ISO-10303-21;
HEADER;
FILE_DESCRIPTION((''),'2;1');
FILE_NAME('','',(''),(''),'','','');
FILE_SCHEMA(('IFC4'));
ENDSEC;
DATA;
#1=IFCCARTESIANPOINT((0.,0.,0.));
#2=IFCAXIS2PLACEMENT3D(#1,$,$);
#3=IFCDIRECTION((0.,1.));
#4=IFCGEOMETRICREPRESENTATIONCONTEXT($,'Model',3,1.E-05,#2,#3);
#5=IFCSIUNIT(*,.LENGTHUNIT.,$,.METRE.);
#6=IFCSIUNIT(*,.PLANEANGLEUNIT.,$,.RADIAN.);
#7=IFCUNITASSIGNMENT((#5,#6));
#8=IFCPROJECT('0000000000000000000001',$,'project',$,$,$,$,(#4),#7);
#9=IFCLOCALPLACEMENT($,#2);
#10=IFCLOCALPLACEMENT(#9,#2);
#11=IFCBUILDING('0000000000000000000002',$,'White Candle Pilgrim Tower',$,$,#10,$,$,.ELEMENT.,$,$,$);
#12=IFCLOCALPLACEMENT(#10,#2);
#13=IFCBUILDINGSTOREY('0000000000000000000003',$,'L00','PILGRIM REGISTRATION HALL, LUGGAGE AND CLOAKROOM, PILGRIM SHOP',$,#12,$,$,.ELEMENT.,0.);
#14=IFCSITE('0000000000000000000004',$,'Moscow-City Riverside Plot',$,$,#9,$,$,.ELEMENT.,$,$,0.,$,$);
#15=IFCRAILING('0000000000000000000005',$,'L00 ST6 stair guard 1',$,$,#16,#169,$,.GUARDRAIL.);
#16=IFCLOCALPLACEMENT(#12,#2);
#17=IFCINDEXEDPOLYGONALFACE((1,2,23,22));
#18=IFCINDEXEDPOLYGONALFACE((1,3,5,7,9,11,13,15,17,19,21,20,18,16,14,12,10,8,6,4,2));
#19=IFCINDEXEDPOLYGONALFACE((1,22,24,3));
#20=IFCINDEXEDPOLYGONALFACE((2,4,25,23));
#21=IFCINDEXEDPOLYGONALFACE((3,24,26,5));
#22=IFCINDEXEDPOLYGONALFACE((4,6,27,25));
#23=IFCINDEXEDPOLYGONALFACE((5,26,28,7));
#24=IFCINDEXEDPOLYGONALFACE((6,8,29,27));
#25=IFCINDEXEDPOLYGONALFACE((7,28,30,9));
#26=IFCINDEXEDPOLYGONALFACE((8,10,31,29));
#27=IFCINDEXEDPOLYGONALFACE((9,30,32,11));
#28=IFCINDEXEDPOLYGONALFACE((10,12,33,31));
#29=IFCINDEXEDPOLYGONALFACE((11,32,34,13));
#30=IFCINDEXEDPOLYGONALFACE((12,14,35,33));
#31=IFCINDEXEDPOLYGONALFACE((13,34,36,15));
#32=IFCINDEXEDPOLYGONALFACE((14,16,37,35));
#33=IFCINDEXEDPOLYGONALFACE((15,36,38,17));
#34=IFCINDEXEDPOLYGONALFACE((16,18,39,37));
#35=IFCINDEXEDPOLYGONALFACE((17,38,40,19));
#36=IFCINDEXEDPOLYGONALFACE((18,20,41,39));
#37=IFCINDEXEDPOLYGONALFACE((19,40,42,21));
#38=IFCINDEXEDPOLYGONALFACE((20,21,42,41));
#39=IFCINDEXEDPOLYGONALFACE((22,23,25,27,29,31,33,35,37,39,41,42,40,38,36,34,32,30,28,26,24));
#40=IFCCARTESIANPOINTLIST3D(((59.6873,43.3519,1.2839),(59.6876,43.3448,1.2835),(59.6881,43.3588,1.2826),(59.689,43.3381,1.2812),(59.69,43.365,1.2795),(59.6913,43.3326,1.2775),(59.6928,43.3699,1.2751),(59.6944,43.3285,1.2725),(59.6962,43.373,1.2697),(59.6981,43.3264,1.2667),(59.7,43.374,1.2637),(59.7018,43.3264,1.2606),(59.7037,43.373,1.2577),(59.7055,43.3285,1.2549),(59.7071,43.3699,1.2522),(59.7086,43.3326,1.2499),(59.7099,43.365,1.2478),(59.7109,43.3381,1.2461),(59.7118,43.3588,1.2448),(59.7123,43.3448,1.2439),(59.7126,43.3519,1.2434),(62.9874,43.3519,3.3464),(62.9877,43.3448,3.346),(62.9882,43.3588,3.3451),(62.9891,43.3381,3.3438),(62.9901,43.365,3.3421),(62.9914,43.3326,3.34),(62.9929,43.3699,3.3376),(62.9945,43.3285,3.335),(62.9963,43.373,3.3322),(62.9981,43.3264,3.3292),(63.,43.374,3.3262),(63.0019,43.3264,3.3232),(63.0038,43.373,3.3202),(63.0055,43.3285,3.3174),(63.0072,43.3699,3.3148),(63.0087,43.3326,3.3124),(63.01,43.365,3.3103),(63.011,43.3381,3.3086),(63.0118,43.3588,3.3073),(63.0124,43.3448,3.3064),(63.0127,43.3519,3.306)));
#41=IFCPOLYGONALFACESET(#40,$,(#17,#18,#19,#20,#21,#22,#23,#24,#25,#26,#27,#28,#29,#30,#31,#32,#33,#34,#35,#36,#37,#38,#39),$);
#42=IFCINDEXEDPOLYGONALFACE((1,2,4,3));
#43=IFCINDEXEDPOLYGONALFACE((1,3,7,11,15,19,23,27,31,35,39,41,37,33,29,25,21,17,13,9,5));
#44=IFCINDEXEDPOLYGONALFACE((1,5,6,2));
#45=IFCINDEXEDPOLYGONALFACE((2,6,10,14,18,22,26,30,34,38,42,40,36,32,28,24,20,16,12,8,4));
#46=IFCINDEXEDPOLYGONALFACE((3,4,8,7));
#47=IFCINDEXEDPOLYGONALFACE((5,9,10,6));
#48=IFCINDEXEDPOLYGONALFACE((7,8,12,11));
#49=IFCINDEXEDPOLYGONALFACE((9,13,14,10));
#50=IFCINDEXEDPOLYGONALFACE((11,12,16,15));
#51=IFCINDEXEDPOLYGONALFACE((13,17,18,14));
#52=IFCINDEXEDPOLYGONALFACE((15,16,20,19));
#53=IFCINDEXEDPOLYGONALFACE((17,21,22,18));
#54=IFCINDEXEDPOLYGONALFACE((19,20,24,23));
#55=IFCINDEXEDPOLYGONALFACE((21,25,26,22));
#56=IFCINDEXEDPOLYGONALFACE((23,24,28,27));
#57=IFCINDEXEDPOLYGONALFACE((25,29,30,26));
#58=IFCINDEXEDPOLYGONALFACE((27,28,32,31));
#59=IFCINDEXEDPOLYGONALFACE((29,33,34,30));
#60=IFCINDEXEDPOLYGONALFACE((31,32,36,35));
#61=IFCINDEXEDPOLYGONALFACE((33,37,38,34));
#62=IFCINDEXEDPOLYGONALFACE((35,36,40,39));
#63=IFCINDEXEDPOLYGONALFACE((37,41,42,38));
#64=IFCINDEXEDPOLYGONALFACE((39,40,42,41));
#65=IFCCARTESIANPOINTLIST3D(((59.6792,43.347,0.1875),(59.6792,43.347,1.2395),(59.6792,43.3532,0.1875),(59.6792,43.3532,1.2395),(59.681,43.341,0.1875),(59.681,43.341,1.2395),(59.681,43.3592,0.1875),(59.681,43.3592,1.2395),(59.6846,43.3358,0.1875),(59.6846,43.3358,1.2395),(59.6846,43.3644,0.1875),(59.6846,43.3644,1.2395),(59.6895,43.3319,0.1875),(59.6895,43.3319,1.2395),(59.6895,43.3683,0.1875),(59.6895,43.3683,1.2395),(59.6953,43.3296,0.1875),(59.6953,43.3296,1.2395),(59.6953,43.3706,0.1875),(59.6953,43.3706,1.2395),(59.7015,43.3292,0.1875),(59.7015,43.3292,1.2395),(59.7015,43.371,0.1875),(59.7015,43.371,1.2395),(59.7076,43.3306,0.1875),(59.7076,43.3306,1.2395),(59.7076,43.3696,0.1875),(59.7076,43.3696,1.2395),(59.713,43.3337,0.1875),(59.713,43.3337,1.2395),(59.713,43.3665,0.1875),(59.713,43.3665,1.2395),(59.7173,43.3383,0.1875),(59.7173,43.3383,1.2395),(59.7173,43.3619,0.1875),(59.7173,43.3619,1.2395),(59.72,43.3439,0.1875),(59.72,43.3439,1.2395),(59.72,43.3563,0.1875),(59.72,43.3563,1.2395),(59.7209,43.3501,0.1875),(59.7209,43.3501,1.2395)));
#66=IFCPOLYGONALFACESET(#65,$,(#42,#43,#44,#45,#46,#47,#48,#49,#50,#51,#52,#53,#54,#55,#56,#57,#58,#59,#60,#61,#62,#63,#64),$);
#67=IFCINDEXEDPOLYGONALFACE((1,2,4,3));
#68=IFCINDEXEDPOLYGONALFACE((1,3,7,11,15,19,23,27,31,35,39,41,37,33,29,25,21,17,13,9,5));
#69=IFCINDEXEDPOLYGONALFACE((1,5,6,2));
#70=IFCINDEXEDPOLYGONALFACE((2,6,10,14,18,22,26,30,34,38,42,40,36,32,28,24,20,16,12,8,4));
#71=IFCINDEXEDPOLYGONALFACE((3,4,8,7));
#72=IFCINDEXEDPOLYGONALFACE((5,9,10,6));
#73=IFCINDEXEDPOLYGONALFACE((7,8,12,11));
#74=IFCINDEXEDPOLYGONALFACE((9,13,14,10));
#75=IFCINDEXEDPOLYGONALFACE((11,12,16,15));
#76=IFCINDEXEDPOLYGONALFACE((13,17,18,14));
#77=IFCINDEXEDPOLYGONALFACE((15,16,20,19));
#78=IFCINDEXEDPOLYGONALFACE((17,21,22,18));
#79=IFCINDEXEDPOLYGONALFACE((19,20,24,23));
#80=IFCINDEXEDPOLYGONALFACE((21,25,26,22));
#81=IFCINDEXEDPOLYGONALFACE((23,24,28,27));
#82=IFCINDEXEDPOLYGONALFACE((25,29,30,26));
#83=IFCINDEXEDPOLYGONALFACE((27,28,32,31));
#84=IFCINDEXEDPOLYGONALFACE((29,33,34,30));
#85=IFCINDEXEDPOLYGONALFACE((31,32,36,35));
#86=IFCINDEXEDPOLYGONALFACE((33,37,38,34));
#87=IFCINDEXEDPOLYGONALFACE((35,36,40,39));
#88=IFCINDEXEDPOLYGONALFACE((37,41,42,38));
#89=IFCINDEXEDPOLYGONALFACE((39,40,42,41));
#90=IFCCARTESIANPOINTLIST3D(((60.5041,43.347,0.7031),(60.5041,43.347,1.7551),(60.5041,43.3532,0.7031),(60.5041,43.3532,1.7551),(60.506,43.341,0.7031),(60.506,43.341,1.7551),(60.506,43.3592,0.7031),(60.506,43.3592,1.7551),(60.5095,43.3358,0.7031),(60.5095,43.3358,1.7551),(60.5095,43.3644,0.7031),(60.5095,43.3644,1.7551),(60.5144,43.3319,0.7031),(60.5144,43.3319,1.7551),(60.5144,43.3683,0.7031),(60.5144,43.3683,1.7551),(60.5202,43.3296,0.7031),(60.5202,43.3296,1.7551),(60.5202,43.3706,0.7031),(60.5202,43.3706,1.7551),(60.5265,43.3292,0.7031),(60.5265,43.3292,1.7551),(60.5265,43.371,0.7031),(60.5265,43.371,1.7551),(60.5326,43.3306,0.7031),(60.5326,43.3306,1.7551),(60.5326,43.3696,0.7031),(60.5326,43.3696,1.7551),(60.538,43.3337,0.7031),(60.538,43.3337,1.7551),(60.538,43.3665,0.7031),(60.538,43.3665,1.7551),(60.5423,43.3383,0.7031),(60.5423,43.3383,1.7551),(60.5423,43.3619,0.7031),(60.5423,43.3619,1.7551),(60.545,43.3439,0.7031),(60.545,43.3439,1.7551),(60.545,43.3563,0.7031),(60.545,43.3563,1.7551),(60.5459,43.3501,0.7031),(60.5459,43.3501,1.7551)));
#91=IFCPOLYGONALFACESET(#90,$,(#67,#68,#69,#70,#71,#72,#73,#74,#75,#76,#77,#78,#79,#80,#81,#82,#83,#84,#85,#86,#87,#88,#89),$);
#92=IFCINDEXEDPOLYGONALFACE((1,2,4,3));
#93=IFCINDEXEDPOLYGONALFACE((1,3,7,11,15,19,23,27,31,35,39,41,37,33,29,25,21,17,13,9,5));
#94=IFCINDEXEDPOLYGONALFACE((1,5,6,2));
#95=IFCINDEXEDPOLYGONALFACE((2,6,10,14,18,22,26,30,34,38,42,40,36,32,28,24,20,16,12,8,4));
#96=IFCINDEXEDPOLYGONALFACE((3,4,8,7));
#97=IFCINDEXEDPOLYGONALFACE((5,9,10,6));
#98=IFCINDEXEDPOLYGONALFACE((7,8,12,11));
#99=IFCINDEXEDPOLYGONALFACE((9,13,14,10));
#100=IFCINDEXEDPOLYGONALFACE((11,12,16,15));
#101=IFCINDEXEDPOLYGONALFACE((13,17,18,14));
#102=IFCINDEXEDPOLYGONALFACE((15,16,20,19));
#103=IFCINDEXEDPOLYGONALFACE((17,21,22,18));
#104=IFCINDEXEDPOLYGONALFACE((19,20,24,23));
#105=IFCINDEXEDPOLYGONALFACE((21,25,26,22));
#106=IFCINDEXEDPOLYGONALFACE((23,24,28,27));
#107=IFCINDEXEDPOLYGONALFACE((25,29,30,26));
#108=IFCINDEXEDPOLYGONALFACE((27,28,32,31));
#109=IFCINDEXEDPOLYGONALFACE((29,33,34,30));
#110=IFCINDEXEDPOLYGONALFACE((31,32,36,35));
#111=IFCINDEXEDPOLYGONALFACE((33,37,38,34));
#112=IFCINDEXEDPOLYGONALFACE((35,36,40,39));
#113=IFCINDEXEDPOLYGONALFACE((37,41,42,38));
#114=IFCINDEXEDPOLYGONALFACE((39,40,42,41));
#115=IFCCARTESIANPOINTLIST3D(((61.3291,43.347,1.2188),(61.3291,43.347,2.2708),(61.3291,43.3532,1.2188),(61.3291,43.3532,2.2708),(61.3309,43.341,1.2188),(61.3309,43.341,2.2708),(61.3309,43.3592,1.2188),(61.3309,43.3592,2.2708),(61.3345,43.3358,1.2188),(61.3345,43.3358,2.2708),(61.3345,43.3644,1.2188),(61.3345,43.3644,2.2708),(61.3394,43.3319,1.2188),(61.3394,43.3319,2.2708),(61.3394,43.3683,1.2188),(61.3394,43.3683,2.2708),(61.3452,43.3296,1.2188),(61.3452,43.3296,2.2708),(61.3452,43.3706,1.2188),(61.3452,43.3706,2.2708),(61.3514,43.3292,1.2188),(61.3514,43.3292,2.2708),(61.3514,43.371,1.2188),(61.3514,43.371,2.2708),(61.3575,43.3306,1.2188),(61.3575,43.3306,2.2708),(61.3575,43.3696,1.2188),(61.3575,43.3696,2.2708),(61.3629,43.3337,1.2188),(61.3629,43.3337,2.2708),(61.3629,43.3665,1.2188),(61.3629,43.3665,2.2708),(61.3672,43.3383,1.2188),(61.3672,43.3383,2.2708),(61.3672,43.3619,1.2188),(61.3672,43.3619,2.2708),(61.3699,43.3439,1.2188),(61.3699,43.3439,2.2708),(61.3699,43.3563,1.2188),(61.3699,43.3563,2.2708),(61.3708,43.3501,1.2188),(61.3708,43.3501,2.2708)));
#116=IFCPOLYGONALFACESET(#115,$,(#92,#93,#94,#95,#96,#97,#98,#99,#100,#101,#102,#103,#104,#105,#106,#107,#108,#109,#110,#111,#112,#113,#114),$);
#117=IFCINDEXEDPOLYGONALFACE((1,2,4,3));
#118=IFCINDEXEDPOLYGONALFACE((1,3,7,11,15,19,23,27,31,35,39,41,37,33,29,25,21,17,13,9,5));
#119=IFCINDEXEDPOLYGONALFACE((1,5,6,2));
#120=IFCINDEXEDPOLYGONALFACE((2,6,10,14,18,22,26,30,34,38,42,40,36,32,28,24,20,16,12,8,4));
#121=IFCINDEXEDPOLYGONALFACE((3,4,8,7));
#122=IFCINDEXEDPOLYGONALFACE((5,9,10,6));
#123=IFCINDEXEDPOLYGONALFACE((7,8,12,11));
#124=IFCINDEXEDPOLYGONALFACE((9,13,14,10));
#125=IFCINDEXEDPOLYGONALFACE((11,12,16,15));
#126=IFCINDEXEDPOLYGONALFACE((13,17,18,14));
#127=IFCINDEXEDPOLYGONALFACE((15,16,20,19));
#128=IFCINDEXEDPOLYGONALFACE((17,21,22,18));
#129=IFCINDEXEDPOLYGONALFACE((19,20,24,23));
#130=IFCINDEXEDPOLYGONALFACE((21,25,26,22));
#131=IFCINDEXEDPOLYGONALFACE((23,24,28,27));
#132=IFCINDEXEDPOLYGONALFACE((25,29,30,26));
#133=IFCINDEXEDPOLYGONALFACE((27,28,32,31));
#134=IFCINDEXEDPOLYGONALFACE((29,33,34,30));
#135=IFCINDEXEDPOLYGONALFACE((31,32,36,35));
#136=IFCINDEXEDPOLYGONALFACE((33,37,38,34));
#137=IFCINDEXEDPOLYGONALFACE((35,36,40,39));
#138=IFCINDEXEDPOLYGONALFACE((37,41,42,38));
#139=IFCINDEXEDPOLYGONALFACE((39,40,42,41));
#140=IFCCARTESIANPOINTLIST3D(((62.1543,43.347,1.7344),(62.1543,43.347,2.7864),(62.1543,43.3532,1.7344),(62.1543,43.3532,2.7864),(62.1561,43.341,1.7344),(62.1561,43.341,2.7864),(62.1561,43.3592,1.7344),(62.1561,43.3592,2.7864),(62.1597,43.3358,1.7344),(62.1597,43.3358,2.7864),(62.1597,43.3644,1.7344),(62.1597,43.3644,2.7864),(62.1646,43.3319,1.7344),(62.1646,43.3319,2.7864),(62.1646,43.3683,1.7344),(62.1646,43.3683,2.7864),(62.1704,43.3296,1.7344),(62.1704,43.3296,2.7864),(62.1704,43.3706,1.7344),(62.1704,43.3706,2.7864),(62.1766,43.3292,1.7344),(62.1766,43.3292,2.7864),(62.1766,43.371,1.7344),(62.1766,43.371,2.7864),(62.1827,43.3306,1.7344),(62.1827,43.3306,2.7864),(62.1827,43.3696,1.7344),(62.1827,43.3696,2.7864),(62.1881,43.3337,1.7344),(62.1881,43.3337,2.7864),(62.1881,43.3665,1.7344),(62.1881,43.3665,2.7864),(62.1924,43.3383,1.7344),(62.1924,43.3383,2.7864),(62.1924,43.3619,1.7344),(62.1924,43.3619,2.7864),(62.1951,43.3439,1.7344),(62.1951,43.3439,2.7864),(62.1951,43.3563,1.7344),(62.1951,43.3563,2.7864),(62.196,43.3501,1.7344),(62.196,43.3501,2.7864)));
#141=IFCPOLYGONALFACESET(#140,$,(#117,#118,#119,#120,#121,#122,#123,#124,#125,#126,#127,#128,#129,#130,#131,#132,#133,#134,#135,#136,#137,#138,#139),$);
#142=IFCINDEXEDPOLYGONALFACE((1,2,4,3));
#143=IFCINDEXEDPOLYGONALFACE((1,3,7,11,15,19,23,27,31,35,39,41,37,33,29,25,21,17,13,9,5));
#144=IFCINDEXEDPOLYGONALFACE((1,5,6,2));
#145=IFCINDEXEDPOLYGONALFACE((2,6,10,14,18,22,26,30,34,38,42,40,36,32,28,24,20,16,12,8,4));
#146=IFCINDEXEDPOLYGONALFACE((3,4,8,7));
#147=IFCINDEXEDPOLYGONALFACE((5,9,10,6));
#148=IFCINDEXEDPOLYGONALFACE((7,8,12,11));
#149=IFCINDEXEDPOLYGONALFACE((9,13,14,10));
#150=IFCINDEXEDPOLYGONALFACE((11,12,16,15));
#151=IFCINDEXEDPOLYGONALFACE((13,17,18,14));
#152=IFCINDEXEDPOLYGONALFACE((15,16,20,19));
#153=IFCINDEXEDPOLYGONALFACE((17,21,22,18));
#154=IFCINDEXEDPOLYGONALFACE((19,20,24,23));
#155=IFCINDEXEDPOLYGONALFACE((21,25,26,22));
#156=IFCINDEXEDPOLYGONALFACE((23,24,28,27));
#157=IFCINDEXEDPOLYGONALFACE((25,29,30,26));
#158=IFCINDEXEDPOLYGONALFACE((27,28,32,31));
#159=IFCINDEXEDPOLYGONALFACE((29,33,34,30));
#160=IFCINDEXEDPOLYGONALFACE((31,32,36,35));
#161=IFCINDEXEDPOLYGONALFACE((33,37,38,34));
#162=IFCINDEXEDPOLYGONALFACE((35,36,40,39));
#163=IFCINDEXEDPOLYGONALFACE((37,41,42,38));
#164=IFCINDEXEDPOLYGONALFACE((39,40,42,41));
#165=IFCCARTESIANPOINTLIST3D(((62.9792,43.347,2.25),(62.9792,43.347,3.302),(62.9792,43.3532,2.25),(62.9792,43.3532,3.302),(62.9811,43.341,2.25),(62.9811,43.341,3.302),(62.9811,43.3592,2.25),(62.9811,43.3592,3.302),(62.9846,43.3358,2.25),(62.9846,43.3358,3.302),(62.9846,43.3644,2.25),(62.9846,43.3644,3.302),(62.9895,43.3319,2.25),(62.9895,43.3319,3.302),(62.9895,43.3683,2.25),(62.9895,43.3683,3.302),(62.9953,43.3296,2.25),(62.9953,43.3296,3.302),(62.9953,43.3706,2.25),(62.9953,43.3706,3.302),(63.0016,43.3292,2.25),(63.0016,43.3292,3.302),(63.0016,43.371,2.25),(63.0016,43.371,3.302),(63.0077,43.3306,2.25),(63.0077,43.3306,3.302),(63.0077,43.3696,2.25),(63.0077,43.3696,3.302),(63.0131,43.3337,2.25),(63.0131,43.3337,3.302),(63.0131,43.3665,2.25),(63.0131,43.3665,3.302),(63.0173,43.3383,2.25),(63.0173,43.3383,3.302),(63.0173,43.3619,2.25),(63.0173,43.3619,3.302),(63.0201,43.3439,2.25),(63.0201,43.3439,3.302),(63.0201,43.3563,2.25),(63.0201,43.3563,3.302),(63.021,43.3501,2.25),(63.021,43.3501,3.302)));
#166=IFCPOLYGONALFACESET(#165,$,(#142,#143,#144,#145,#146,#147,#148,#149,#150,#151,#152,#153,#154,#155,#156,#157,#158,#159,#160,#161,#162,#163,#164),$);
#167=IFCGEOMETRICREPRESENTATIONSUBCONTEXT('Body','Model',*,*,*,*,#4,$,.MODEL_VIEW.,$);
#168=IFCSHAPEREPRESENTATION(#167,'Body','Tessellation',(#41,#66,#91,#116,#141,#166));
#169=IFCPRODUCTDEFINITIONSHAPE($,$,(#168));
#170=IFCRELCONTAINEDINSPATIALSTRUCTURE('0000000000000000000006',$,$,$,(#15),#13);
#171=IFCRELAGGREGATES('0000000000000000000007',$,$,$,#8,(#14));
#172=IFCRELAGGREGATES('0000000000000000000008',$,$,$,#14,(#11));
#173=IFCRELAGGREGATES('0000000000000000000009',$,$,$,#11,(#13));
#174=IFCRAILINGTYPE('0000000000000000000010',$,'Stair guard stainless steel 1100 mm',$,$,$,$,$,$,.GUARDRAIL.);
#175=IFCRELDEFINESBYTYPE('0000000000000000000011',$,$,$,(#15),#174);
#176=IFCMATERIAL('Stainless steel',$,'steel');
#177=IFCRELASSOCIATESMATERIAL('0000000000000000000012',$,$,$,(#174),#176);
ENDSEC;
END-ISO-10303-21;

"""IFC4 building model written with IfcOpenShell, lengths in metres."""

from ifc_helpers import new_model, si_unit, direction, frame, origin, origin_2d, place, context, subcontext, project, spatial, circle, extrude, material, type_object, element, save


model = new_model("IFC4")

# Units and contexts
model_context = context("Model", 3, precision=1e-05, world=origin(), true_north=direction((0.0, 1.0)))
body_context = subcontext(model_context, "Body", "Model", "MODEL_VIEW")
ifc_project = project(units=[si_unit("LENGTHUNIT", "METRE"), si_unit("PLANEANGLEUNIT", "RADIAN")], contexts=[model_context])

# Site, building, storey
site_placement = place(None, origin())
site = spatial("IfcSite", under=ifc_project, at=site_placement, Name="Moscow-City Riverside Plot", CompositionType="ELEMENT", RefElevation=0.0)
building_placement = place(site_placement, origin())
building = spatial("IfcBuilding", under=site, at=building_placement, Name="White Candle Pilgrim Tower", CompositionType="ELEMENT")
storey_placement = place(building_placement, origin())
storey = spatial("IfcBuildingStorey", under=building, at=storey_placement, Name="L00", Description="PILGRIM REGISTRATION HALL, LUGGAGE AND CLOAKROOM, PILGRIM SHOP", CompositionType="ELEMENT", Elevation=0.0)

# Railing
ifc_material_1 = material(Name="Stainless steel", Category="steel")
railing_type_1 = type_object("IfcRailingType", Name="Stair guard stainless steel 1100 mm", PredefinedType="GUARDRAIL", material=ifc_material_1)
railing_1_placement = place(storey_placement, frame((59.7, 43.3501, 0.1875)))
element("IfcRailing", 1, at=railing_1_placement, inside=storey, type_object=railing_type_1, Name="L00 ST6 stair guard 1", PredefinedType="GUARDRAIL", context=body_context, shape_type="SweptSolid", body=[
    extrude(circle(Radius=0.0239, at=origin_2d()), frame((0.0, 0.0, 1.0762), z_axis=(0.848002, 0.0, 0.529993), x_axis=(0.0, 1.0, 0.0)), (0.0, 0.0, 1.0), 3.8916),
    extrude(circle(Radius=0.021, at=origin_2d()), origin(), (0.0, 0.0, 1.0), 1.052),
    extrude(circle(Radius=0.021, at=origin_2d()), frame((0.825, 0.0, 0.5156)), (0.0, 0.0, 1.0), 1.052),
    extrude(circle(Radius=0.021, at=origin_2d()), frame((1.6499, 0.0, 1.0312)), (0.0, 0.0, 1.0), 1.052),
    extrude(circle(Radius=0.021, at=origin_2d()), frame((2.4751, 0.0, 1.5469)), (0.0, 0.0, 1.0), 1.052),
    extrude(circle(Radius=0.021, at=origin_2d()), frame((3.3, 0.0, 2.0625)), (0.0, 0.0, 1.0), 1.052),
])

save(model, "model.ifc")
